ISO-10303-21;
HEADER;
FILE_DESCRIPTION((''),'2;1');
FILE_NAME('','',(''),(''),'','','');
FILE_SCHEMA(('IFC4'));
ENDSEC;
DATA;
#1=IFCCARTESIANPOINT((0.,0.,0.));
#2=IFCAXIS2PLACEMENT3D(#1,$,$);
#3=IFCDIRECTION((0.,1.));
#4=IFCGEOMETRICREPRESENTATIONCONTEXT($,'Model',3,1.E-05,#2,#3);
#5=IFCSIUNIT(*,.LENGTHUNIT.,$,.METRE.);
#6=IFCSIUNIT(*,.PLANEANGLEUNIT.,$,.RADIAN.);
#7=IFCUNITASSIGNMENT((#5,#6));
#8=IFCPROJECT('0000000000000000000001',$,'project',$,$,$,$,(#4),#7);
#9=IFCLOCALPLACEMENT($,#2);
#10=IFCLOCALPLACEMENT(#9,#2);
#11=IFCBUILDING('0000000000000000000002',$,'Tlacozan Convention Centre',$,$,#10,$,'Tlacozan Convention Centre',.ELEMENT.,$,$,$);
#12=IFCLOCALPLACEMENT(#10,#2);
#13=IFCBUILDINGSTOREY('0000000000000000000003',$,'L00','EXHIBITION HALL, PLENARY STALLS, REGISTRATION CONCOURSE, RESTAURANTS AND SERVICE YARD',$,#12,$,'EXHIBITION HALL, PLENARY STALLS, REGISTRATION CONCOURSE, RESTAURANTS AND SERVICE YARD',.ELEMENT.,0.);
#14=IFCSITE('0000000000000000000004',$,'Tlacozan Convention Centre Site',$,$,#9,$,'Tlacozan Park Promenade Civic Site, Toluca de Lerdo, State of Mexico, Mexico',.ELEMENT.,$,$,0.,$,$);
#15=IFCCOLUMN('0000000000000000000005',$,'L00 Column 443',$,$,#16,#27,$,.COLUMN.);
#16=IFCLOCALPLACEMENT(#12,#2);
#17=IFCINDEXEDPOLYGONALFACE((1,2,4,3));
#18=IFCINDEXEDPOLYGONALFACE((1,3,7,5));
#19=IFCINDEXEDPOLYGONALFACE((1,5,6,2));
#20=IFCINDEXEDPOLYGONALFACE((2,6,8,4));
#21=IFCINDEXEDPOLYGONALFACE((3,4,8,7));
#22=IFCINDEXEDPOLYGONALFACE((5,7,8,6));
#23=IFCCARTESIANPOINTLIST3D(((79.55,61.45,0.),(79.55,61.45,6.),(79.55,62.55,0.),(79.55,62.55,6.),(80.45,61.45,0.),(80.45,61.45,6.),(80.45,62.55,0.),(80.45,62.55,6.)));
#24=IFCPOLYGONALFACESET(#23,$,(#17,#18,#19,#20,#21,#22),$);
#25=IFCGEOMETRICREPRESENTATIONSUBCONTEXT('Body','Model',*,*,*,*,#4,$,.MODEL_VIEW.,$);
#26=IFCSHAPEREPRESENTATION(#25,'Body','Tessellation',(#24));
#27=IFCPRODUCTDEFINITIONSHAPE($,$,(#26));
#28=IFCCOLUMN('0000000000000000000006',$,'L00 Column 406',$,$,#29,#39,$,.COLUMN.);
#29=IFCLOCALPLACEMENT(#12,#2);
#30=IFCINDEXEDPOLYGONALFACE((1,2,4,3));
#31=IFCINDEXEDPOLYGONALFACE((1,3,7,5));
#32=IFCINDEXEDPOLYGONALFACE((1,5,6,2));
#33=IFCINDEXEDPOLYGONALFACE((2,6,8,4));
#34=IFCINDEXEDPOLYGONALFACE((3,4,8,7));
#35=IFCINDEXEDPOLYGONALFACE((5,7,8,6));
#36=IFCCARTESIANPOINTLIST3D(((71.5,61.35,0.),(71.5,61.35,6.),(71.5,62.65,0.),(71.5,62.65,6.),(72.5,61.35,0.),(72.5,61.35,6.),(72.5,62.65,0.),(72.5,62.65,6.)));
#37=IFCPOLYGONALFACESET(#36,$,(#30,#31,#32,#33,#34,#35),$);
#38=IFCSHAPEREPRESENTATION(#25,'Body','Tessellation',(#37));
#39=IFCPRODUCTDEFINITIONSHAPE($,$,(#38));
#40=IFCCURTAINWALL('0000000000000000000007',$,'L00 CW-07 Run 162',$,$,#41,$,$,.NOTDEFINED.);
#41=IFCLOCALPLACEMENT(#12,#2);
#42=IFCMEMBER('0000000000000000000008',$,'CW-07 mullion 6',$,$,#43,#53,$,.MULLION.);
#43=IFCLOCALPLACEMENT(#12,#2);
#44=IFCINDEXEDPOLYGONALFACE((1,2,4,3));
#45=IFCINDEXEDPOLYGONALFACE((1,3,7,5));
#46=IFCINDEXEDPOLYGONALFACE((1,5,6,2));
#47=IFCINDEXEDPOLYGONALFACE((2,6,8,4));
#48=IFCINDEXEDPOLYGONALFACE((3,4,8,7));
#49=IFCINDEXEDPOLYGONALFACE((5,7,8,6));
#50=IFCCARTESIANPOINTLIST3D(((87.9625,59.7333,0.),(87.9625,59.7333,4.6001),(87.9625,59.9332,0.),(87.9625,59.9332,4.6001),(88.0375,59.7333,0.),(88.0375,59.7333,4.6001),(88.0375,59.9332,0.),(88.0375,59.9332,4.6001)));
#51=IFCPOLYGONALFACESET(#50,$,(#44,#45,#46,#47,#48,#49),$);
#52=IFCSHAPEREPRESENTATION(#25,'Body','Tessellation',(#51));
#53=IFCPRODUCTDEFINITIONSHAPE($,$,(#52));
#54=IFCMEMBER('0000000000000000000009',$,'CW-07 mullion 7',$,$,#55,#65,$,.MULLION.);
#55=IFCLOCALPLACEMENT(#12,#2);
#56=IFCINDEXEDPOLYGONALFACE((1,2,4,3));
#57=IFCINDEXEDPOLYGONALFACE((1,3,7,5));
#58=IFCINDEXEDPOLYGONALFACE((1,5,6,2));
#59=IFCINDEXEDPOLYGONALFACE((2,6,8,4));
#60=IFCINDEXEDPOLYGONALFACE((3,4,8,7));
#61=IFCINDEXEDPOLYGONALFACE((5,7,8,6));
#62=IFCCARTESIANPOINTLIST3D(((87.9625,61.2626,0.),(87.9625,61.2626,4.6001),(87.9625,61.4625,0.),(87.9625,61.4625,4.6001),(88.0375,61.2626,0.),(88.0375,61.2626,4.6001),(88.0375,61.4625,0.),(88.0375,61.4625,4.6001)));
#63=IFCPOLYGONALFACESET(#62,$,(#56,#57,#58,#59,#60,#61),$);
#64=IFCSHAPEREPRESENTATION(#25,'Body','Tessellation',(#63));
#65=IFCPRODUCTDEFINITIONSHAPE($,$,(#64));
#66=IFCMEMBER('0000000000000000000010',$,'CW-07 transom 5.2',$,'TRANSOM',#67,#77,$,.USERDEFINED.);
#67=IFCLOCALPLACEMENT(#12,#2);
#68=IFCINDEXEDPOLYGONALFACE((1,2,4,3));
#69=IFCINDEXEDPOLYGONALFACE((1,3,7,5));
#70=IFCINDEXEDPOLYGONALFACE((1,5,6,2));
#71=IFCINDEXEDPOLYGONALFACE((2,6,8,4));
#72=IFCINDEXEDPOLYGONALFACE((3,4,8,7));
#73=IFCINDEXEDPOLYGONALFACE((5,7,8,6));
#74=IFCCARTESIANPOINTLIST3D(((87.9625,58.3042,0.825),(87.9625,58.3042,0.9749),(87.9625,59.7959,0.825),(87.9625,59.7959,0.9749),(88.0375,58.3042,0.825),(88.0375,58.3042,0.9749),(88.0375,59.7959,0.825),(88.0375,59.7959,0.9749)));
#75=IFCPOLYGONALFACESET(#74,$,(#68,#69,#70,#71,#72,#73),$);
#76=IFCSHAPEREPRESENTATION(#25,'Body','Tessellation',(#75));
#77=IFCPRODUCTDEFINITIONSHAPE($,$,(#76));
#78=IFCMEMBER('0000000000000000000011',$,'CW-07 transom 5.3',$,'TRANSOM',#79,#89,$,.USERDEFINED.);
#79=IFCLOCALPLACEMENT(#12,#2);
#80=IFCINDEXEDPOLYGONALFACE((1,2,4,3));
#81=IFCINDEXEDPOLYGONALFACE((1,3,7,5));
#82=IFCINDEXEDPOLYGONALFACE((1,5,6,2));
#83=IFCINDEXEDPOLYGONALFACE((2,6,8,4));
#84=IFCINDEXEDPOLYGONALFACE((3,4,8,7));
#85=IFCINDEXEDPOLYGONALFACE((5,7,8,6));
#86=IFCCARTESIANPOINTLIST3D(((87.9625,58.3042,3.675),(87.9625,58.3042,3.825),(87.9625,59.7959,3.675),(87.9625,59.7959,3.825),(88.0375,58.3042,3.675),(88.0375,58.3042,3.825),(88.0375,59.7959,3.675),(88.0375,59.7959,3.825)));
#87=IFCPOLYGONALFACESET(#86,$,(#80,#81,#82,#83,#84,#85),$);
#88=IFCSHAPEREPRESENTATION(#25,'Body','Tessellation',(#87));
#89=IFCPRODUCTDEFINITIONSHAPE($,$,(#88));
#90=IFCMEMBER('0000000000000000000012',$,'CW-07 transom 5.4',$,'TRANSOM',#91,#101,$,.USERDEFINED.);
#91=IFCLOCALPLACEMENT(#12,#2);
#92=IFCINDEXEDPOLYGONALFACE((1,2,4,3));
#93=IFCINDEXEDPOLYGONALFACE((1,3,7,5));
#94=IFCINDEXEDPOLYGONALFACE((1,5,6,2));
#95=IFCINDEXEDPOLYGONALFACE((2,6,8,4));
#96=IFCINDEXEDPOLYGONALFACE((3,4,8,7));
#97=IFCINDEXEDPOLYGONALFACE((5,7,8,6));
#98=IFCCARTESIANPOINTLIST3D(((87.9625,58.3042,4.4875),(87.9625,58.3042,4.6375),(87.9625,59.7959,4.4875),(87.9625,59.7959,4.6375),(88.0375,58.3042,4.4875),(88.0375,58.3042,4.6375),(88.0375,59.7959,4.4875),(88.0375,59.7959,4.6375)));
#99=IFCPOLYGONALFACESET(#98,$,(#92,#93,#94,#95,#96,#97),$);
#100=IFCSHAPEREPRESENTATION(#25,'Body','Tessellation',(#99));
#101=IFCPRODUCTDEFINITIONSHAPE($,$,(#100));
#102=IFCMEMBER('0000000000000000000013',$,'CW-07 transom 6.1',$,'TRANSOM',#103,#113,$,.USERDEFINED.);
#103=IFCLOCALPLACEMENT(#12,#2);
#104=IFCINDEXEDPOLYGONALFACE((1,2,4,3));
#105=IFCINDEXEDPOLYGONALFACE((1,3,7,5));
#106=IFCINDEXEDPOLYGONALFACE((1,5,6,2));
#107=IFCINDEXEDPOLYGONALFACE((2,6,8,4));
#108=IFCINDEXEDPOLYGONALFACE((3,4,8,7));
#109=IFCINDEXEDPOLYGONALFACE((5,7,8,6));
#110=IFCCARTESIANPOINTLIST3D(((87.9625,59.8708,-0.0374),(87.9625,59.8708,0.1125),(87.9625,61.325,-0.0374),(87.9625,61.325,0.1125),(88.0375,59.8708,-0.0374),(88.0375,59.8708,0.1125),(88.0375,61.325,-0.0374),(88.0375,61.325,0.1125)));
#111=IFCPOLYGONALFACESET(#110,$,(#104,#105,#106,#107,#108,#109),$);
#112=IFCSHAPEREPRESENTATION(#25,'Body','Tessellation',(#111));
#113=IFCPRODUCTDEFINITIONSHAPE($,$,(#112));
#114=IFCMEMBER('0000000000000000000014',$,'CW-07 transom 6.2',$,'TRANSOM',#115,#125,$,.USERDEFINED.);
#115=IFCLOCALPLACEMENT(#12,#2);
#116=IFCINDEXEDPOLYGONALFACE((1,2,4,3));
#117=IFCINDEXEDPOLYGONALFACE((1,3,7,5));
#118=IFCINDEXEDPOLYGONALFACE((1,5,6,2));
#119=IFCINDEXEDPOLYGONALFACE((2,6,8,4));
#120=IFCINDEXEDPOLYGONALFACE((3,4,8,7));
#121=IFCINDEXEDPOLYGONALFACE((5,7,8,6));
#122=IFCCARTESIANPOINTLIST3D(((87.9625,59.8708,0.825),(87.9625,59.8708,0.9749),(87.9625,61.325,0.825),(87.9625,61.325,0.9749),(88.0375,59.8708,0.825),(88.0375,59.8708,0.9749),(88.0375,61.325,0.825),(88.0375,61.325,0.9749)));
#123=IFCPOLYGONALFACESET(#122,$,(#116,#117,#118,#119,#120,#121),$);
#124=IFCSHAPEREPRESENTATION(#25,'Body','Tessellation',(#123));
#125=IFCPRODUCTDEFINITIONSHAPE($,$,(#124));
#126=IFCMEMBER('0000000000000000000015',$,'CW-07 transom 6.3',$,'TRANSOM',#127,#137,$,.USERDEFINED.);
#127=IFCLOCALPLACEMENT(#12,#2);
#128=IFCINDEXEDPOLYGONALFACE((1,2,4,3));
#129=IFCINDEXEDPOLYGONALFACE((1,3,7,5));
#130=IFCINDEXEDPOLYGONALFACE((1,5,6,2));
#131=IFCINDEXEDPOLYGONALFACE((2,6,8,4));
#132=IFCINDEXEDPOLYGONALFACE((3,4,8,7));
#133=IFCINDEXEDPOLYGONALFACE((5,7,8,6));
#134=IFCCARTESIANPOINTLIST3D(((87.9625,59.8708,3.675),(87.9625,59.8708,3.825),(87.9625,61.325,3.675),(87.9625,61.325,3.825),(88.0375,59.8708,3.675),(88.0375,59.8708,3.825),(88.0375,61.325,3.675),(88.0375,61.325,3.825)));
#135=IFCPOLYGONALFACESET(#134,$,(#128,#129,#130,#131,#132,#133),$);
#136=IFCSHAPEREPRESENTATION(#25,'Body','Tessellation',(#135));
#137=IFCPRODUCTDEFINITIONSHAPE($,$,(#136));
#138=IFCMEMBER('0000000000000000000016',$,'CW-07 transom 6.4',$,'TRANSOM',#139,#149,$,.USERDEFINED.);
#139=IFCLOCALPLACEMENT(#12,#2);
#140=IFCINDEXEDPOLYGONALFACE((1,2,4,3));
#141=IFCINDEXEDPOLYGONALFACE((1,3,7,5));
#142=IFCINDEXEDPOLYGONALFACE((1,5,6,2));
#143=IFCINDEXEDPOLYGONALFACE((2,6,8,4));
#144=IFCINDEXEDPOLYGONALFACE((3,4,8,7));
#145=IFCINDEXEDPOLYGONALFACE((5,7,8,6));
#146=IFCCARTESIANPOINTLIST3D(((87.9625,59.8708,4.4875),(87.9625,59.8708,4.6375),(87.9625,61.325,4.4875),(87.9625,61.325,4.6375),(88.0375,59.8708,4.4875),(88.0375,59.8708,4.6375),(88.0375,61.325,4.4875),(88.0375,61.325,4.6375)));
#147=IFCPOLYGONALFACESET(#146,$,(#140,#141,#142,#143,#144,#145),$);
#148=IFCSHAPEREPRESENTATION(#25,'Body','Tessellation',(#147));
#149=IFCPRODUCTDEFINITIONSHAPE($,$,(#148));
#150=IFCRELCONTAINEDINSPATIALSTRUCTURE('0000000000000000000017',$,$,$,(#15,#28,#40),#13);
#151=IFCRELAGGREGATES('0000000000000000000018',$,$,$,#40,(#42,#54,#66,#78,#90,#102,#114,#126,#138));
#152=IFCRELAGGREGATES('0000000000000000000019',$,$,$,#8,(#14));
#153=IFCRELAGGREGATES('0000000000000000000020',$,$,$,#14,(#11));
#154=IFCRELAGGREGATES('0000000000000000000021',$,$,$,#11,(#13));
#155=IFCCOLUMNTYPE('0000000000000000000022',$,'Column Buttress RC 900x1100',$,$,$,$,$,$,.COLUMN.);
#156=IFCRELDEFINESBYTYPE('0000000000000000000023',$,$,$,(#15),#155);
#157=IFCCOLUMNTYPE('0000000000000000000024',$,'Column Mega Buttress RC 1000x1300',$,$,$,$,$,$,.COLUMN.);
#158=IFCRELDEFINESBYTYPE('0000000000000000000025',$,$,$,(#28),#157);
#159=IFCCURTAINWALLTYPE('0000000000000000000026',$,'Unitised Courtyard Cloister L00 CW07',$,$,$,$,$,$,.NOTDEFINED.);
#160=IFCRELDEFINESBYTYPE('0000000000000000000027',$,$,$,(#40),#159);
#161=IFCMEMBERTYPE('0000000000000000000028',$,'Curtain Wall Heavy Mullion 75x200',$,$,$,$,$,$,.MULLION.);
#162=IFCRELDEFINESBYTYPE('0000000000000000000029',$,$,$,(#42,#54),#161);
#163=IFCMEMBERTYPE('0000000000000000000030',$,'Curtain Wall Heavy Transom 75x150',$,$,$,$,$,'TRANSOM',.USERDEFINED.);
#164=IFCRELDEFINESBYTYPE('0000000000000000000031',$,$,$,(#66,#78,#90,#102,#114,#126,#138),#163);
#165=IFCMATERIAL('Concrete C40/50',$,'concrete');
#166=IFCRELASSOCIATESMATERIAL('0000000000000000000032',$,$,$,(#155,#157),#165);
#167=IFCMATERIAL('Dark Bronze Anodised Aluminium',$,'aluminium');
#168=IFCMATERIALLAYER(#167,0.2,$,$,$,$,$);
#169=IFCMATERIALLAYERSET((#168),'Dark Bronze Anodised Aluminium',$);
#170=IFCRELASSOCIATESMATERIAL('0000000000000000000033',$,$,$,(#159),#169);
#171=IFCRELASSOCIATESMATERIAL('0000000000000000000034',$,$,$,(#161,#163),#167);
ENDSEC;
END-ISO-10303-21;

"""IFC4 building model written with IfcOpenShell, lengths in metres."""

from ifc_helpers import new_model, si_unit, direction, frame, origin, origin_2d, place, context, subcontext, project, spatial, rectangle, extrude, material, layer, layer_set, material_profile, profile_set, type_object, element, aggregate, save


model = new_model("IFC4")

# Units and contexts
model_context = context("Model", 3, precision=1e-05, world=origin(), true_north=direction((0.0, 1.0)))
body_context = subcontext(model_context, "Body", "Model", "MODEL_VIEW")
ifc_project = project(units=[si_unit("LENGTHUNIT", "METRE"), si_unit("PLANEANGLEUNIT", "RADIAN")], contexts=[model_context])

# Site, building, storey
site_placement = place(None, origin())
site = spatial("IfcSite", under=ifc_project, at=site_placement, Name="Tlacozan Convention Centre Site", LongName="Tlacozan Park Promenade Civic Site, Toluca de Lerdo, State of Mexico, Mexico", CompositionType="ELEMENT", RefElevation=0.0)
building_placement = place(site_placement, origin())
building = spatial("IfcBuilding", under=site, at=building_placement, Name="Tlacozan Convention Centre", LongName="Tlacozan Convention Centre", CompositionType="ELEMENT")
storey_placement = place(building_placement, origin())
storey = spatial("IfcBuildingStorey", under=building, at=storey_placement, Name="L00", Description="EXHIBITION HALL, PLENARY STALLS, REGISTRATION CONCOURSE, RESTAURANTS AND SERVICE YARD", LongName="EXHIBITION HALL, PLENARY STALLS, REGISTRATION CONCOURSE, RESTAURANTS AND SERVICE YARD", CompositionType="ELEMENT", Elevation=0.0)

# Columns
ifc_material_1 = material(Name="Concrete C40/50", Category="concrete")
ifc_material_profile_1 = material_profile(ifc_material_1, rectangle(XDim=0.8999, YDim=1.1001, at=origin_2d()), Name="RC 900x1100")
ifc_profile_set_1 = profile_set([ifc_material_profile_1], Name="Concrete C40/50")
column_type_1 = type_object("IfcColumnType", Name="Column Buttress RC 900x1100", PredefinedType="COLUMN", material=ifc_profile_set_1)
column_1_placement = place(storey_placement, frame((80.0, 62.0, 0.0), z_axis=(0.0, 0.0, 1.0), x_axis=(1.0, 0.0, 0.0)))
element("IfcColumn", 1, at=column_1_placement, inside=storey, type_object=column_type_1, Name="L00 Column 443", PredefinedType="COLUMN", context=body_context, shape_type="SweptSolid", body=[
    extrude(rectangle(XDim=0.8999, YDim=1.1001, at=origin_2d()), origin(), (0.0, 0.0, 1.0), 6.0),
])
ifc_material_profile_2 = material_profile(ifc_material_1, rectangle(XDim=1.0, YDim=1.3, at=origin_2d()), Name="RC 1000x1300")
ifc_profile_set_2 = profile_set([ifc_material_profile_2], Name="Concrete C40/50")
column_type_2 = type_object("IfcColumnType", Name="Column Mega Buttress RC 1000x1300", PredefinedType="COLUMN", material=ifc_profile_set_2)
column_2_placement = place(storey_placement, frame((72.0, 62.0, 0.0), z_axis=(0.0, 0.0, 1.0), x_axis=(1.0, 0.0, 0.0)))
element("IfcColumn", 2, at=column_2_placement, inside=storey, type_object=column_type_2, Name="L00 Column 406", PredefinedType="COLUMN", context=body_context, shape_type="SweptSolid", body=[
    extrude(rectangle(XDim=1.0, YDim=1.3, at=origin_2d()), origin(), (0.0, 0.0, 1.0), 6.0),
])

# Curtain wall, members
ifc_material_2 = material(Name="Dark Bronze Anodised Aluminium", Category="aluminium")
ifc_layer_1 = layer(ifc_material_2, 0.2)
ifc_layer_set_1 = layer_set([ifc_layer_1], Name="Dark Bronze Anodised Aluminium")
curtain_wall_type = type_object("IfcCurtainWallType", Name="Unitised Courtyard Cloister L00 CW07", PredefinedType="NOTDEFINED", material=ifc_layer_set_1)
curtain_wall_placement = place(storey_placement, origin())
curtain_wall = element("IfcCurtainWall", 3, at=curtain_wall_placement, inside=storey, type_object=curtain_wall_type, Name="L00 CW-07 Run 162", PredefinedType="NOTDEFINED")
ifc_material_profile_3 = material_profile(ifc_material_2, rectangle(XDim=0.075, YDim=0.2, at=origin_2d()), Name="ALU 75x200")
ifc_profile_set_3 = profile_set([ifc_material_profile_3], Name="Dark Bronze Anodised Aluminium")
member_type_1 = type_object("IfcMemberType", Name="Curtain Wall Heavy Mullion 75x200", PredefinedType="MULLION", material=ifc_profile_set_3)
member_1_placement = place(storey_placement, frame((88.0, 59.8333, 0.0), z_axis=(0.0, 0.0, 1.0), x_axis=(-1.0, 0.0, 0.0)))
member_1 = element("IfcMember", 4, at=member_1_placement, type_object=member_type_1, Name="CW-07 mullion 6", PredefinedType="MULLION", context=body_context, shape_type="SweptSolid", body=[
    extrude(rectangle(XDim=0.075, YDim=0.2, at=origin_2d()), origin(), (0.0, 0.0, 1.0), 4.6001),
])
member_2_placement = place(storey_placement, frame((88.0, 61.3625, 0.0), z_axis=(0.0, 0.0, 1.0), x_axis=(-1.0, 0.0, 0.0)))
member_2 = element("IfcMember", 5, at=member_2_placement, type_object=member_type_1, Name="CW-07 mullion 7", PredefinedType="MULLION", context=body_context, shape_type="SweptSolid", body=[
    extrude(rectangle(XDim=0.075, YDim=0.2, at=origin_2d()), origin(), (0.0, 0.0, 1.0), 4.6001),
])
ifc_material_profile_4 = material_profile(ifc_material_2, rectangle(XDim=0.075, YDim=0.1499, at=origin_2d()), Name="ALU 75x150")
ifc_profile_set_4 = profile_set([ifc_material_profile_4], Name="Dark Bronze Anodised Aluminium")
member_type_2 = type_object("IfcMemberType", Name="Curtain Wall Heavy Transom 75x150", ElementType="TRANSOM", PredefinedType="USERDEFINED", material=ifc_profile_set_4)
member_3_placement = place(storey_placement, frame((88.0, 58.3042, 0.8999), z_axis=(0.0, 1.0, 0.0), x_axis=(-1.0, 0.0, 0.0)))
member_3 = element("IfcMember", 6, at=member_3_placement, type_object=member_type_2, Name="CW-07 transom 5.2", ObjectType="TRANSOM", PredefinedType="USERDEFINED", context=body_context, shape_type="SweptSolid", body=[
    extrude(rectangle(XDim=0.075, YDim=0.1499, at=origin_2d()), origin(), (0.0, 0.0, 1.0), 1.4917),
])
member_4_placement = place(storey_placement, frame((88.0, 58.3042, 3.75), z_axis=(0.0, 1.0, 0.0), x_axis=(-1.0, 0.0, 0.0)))
member_4 = element("IfcMember", 7, at=member_4_placement, type_object=member_type_2, Name="CW-07 transom 5.3", ObjectType="TRANSOM", PredefinedType="USERDEFINED", context=body_context, shape_type="SweptSolid", body=[
    extrude(rectangle(XDim=0.075, YDim=0.1499, at=origin_2d()), origin(), (0.0, 0.0, 1.0), 1.4917),
])
member_5_placement = place(storey_placement, frame((88.0, 58.3042, 4.5625), z_axis=(0.0, 1.0, 0.0), x_axis=(-1.0, 0.0, 0.0)))
member_5 = element("IfcMember", 8, at=member_5_placement, type_object=member_type_2, Name="CW-07 transom 5.4", ObjectType="TRANSOM", PredefinedType="USERDEFINED", context=body_context, shape_type="SweptSolid", body=[
    extrude(rectangle(XDim=0.075, YDim=0.1499, at=origin_2d()), origin(), (0.0, 0.0, 1.0), 1.4917),
])
member_6_placement = place(storey_placement, frame((88.0, 59.8708, 0.0376), z_axis=(0.0, 1.0, 0.0), x_axis=(-1.0, 0.0, 0.0)))
member_6 = element("IfcMember", 9, at=member_6_placement, type_object=member_type_2, Name="CW-07 transom 6.1", ObjectType="TRANSOM", PredefinedType="USERDEFINED", context=body_context, shape_type="SweptSolid", body=[
    extrude(rectangle(XDim=0.075, YDim=0.1499, at=origin_2d()), origin(), (0.0, 0.0, 1.0), 1.4541),
])
member_7_placement = place(storey_placement, frame((88.0, 59.8708, 0.8999), z_axis=(0.0, 1.0, 0.0), x_axis=(-1.0, 0.0, 0.0)))
member_7 = element("IfcMember", 10, at=member_7_placement, type_object=member_type_2, Name="CW-07 transom 6.2", ObjectType="TRANSOM", PredefinedType="USERDEFINED", context=body_context, shape_type="SweptSolid", body=[
    extrude(rectangle(XDim=0.075, YDim=0.1499, at=origin_2d()), origin(), (0.0, 0.0, 1.0), 1.4541),
])
member_8_placement = place(storey_placement, frame((88.0, 59.8708, 3.75), z_axis=(0.0, 1.0, 0.0), x_axis=(-1.0, 0.0, 0.0)))
member_8 = element("IfcMember", 11, at=member_8_placement, type_object=member_type_2, Name="CW-07 transom 6.3", ObjectType="TRANSOM", PredefinedType="USERDEFINED", context=body_context, shape_type="SweptSolid", body=[
    extrude(rectangle(XDim=0.075, YDim=0.1499, at=origin_2d()), origin(), (0.0, 0.0, 1.0), 1.4541),
])
member_9_placement = place(storey_placement, frame((88.0, 59.8708, 4.5625), z_axis=(0.0, 1.0, 0.0), x_axis=(-1.0, 0.0, 0.0)))
member_9 = element("IfcMember", 12, at=member_9_placement, type_object=member_type_2, Name="CW-07 transom 6.4", ObjectType="TRANSOM", PredefinedType="USERDEFINED", context=body_context, shape_type="SweptSolid", body=[
    extrude(rectangle(XDim=0.075, YDim=0.1499, at=origin_2d()), origin(), (0.0, 0.0, 1.0), 1.4541),
])

aggregate(curtain_wall, [member_1, member_2, member_3, member_4, member_5, member_6, member_7, member_8, member_9])

save(model, "model.ifc")
